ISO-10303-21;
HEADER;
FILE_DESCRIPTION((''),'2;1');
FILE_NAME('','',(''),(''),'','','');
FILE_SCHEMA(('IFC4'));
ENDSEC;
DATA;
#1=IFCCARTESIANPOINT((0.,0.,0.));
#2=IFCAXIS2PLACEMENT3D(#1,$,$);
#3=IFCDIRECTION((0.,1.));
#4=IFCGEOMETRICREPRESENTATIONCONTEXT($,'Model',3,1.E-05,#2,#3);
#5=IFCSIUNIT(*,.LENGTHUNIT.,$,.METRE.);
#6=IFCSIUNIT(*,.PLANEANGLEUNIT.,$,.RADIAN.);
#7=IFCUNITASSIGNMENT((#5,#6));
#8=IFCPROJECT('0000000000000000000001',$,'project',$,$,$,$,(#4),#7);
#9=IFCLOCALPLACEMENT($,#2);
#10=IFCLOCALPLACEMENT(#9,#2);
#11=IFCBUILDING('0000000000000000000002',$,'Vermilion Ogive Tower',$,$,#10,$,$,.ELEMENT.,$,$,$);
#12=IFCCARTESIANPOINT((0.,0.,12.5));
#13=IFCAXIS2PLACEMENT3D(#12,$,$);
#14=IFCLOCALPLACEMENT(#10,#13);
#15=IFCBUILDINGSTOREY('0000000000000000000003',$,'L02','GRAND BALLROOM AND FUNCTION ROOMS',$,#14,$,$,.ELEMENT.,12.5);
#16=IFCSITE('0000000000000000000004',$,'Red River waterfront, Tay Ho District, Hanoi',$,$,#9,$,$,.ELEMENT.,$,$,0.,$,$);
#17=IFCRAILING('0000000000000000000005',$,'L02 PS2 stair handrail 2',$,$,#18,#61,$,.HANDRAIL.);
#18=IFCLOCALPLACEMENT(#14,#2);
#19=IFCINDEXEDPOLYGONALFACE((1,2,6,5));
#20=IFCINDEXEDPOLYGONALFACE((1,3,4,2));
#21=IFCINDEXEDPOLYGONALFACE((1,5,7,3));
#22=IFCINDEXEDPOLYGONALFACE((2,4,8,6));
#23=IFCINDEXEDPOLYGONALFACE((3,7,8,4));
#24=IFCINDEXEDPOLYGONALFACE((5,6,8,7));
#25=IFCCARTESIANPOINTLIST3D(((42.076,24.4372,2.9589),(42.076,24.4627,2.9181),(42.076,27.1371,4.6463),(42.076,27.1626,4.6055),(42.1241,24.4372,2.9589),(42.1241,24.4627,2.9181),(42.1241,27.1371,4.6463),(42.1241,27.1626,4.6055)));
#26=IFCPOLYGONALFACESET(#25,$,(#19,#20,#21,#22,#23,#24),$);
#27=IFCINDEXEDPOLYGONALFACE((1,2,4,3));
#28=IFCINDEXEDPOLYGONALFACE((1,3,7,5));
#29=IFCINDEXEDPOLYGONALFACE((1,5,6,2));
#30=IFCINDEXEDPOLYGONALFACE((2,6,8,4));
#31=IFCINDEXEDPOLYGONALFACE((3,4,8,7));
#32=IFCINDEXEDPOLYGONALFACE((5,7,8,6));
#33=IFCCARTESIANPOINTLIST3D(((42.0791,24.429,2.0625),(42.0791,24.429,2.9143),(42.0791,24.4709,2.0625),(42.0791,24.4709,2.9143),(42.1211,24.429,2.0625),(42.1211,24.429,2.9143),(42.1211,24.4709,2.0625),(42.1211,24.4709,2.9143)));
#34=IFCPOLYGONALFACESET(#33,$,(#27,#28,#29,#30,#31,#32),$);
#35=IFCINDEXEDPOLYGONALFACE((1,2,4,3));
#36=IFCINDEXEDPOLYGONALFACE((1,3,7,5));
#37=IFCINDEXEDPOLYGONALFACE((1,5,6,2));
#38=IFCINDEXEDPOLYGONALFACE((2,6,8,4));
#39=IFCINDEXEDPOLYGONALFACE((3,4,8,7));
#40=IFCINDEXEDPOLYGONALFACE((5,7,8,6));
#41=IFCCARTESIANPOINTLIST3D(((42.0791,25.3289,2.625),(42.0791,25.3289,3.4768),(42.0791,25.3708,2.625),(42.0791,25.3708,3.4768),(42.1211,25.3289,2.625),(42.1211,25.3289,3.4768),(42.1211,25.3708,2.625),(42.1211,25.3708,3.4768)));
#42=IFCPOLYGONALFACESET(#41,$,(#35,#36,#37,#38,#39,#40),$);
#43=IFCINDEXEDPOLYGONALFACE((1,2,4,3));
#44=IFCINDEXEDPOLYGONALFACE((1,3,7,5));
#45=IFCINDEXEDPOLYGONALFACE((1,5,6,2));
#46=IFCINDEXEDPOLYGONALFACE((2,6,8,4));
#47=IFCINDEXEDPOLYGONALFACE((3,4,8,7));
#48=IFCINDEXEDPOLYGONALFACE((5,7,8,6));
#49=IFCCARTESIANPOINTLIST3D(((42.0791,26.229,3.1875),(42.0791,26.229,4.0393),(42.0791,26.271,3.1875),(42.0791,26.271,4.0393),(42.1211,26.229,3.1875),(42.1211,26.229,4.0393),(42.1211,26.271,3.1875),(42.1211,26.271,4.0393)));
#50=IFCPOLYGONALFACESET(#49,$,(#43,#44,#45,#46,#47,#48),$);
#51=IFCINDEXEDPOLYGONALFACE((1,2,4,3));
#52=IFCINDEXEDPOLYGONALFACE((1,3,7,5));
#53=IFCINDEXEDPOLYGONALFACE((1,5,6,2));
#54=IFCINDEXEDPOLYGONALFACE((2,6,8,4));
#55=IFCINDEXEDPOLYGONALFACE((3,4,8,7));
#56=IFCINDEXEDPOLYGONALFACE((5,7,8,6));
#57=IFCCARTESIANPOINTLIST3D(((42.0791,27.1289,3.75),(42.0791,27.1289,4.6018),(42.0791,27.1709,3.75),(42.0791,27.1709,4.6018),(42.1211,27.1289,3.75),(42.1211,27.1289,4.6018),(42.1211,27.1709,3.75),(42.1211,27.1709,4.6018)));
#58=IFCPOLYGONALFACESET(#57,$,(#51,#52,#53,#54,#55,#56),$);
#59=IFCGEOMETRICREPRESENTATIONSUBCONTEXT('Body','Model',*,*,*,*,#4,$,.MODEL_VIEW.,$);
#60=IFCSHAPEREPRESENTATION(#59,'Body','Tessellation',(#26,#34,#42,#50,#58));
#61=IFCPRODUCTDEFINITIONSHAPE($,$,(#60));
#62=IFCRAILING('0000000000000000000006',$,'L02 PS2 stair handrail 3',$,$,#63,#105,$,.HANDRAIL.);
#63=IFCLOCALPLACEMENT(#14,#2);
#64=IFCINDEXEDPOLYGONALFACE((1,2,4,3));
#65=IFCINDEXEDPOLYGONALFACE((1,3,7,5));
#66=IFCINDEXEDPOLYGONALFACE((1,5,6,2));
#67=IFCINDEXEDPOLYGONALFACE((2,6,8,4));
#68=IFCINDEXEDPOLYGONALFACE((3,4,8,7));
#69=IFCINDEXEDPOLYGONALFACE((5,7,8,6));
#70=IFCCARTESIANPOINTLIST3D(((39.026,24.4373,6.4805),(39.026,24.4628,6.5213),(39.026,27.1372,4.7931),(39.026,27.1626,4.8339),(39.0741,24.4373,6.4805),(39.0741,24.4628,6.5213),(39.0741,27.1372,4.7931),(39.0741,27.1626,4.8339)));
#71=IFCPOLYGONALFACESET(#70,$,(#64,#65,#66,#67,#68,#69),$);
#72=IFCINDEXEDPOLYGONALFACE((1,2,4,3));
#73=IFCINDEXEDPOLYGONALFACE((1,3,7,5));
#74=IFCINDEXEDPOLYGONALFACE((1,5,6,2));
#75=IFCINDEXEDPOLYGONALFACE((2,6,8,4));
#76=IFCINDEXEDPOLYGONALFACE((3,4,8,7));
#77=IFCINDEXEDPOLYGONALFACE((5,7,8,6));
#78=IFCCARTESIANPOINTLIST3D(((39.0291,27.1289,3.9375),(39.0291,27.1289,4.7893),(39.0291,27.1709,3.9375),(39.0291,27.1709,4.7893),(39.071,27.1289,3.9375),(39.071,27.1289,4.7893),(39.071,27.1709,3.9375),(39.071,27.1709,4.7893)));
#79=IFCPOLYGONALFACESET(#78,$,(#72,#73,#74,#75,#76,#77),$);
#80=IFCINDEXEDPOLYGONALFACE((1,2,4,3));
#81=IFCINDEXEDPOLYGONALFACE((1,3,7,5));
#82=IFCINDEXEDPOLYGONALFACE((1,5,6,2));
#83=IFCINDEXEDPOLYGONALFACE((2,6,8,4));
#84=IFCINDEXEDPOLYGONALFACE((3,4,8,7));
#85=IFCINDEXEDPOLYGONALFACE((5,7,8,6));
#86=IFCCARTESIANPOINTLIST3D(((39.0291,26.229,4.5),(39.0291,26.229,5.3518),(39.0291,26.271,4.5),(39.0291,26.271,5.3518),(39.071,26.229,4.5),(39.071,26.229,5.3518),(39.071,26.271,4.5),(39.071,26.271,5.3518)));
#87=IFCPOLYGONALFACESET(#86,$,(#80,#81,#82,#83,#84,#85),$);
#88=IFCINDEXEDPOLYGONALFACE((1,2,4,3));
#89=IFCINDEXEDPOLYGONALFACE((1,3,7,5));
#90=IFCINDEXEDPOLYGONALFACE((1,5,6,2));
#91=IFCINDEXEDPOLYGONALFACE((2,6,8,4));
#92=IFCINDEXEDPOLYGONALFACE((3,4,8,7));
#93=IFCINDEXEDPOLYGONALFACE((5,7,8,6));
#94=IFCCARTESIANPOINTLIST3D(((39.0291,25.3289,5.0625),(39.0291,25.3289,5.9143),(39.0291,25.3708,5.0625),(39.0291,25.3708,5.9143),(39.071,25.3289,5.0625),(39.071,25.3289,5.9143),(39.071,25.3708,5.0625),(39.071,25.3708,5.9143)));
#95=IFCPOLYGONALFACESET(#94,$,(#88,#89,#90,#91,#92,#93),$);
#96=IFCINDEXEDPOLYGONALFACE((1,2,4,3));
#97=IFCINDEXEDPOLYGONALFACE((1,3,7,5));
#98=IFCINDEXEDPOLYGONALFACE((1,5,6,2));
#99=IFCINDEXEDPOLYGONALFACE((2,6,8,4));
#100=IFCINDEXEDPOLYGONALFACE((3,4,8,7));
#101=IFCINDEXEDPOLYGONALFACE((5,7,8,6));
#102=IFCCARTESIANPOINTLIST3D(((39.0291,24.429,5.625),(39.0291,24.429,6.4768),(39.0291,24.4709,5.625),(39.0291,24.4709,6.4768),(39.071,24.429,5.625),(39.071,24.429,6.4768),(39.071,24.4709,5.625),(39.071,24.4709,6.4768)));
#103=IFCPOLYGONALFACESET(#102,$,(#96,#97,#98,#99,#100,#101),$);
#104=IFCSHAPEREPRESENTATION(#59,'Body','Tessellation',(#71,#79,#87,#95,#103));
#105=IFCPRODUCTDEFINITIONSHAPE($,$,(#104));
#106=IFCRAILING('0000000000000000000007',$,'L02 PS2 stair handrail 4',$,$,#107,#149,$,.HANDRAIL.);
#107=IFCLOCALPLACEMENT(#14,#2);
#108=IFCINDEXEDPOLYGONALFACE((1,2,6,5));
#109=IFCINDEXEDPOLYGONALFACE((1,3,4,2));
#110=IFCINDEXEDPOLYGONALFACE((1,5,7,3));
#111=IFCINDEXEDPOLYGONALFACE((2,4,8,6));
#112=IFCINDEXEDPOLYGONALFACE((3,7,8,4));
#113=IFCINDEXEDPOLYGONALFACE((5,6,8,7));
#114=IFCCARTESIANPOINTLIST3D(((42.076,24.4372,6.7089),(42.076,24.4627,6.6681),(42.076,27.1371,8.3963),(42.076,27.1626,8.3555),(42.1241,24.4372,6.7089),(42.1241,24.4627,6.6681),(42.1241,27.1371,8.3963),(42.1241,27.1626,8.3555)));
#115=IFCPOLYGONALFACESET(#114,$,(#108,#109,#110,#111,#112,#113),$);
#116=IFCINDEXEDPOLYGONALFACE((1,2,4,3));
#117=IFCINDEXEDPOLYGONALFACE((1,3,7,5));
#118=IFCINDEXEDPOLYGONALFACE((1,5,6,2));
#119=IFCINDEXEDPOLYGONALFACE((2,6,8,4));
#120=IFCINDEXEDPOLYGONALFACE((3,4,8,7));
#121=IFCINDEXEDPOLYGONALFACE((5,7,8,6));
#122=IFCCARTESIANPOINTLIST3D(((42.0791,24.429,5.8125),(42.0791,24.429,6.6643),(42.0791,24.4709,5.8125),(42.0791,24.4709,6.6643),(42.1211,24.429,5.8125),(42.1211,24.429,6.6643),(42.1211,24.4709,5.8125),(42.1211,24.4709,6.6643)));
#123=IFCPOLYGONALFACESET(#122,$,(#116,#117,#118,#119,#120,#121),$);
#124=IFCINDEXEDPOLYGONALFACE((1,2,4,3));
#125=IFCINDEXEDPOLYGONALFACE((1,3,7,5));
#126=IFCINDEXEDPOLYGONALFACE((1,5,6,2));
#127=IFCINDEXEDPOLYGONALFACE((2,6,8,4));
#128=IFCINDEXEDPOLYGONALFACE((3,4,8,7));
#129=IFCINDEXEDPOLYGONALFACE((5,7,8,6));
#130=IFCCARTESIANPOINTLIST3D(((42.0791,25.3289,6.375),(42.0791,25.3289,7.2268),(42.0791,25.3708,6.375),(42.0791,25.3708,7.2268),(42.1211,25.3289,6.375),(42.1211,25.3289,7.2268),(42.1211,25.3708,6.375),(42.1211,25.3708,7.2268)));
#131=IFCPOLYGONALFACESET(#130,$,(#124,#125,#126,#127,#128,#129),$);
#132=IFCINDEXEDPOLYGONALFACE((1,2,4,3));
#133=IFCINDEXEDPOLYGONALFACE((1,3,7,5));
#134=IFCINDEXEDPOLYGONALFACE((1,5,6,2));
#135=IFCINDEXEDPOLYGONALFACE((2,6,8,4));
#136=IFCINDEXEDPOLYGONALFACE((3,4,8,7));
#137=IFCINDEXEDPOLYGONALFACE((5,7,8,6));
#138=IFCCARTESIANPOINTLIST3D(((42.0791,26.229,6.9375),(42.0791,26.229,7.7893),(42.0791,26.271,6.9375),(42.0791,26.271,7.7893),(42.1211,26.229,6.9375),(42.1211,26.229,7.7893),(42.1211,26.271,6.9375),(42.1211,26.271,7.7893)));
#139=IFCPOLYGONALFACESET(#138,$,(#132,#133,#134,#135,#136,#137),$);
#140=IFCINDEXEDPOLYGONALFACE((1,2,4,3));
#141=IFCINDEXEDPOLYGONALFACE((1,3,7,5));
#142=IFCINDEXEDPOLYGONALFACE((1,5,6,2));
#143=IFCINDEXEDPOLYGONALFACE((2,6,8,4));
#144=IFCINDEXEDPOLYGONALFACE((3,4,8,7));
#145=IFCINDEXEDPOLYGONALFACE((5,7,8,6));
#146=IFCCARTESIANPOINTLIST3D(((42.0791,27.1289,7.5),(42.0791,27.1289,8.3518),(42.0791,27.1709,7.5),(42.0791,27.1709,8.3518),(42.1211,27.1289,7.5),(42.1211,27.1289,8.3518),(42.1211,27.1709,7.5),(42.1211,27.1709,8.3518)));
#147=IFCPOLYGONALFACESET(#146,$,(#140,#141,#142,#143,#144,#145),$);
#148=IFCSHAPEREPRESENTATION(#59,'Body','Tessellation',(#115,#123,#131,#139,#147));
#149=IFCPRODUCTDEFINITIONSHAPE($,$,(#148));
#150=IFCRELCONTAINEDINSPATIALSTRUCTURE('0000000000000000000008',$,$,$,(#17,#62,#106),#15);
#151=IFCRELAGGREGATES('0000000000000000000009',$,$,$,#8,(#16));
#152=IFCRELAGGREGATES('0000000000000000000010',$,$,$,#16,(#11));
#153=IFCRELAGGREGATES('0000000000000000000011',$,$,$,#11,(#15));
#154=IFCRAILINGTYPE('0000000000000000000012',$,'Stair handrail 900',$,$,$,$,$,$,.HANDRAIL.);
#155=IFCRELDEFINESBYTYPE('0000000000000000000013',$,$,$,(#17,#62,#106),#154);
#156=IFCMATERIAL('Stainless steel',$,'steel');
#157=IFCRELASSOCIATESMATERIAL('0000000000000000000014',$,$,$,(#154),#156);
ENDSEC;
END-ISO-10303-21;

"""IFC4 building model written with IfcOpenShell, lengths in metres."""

from ifc_helpers import new_model, si_unit, direction, frame, origin, origin_2d, place, context, subcontext, project, spatial, rectangle, extrude, material, type_object, element, save


model = new_model("IFC4")

# Units and contexts
model_context = context("Model", 3, precision=1e-05, world=origin(), true_north=direction((0.0, 1.0)))
body_context = subcontext(model_context, "Body", "Model", "MODEL_VIEW")
ifc_project = project(units=[si_unit("LENGTHUNIT", "METRE"), si_unit("PLANEANGLEUNIT", "RADIAN")], contexts=[model_context])

# Site, building, storey
site_placement = place(None, origin())
site = spatial("IfcSite", under=ifc_project, at=site_placement, Name="Red River waterfront, Tay Ho District, Hanoi", CompositionType="ELEMENT", RefElevation=0.0)
building_placement = place(site_placement, origin())
building = spatial("IfcBuilding", under=site, at=building_placement, Name="Vermilion Ogive Tower", CompositionType="ELEMENT")
storey_placement = place(building_placement, frame((0.0, 0.0, 12.5)))
storey = spatial("IfcBuildingStorey", under=building, at=storey_placement, Name="L02", Description="GRAND BALLROOM AND FUNCTION ROOMS", CompositionType="ELEMENT", Elevation=12.5)

# Railings
ifc_material_1 = material(Name="Stainless steel", Category="steel")
railing_type_1 = type_object("IfcRailingType", Name="Stair handrail 900", PredefinedType="HANDRAIL", material=ifc_material_1)
railing_1_placement = place(storey_placement, frame((42.1001, 24.45, 2.0625)))
element("IfcRailing", 1, at=railing_1_placement, inside=storey, type_object=railing_type_1, Name="L02 PS2 stair handrail 2", PredefinedType="HANDRAIL", context=body_context, shape_type="SweptSolid", body=[
    extrude(rectangle(XDim=0.0481, YDim=0.0481, at=origin_2d()), frame((0.0, 0.0, 0.876), z_axis=(0.0, 0.847994, 0.530006), x_axis=(-1.0, 0.0, 0.0)), (0.0, 0.0, 1.0), 3.1838),
    extrude(rectangle(XDim=0.042, YDim=0.042, at=origin_2d()), origin(), (0.0, 0.0, 1.0), 0.8518),
    extrude(rectangle(XDim=0.042, YDim=0.042, at=origin_2d()), frame((0.0, 0.8999, 0.5625)), (0.0, 0.0, 1.0), 0.8518),
    extrude(rectangle(XDim=0.042, YDim=0.042, at=origin_2d()), frame((0.0, 1.8, 1.125)), (0.0, 0.0, 1.0), 0.8518),
    extrude(rectangle(XDim=0.042, YDim=0.042, at=origin_2d()), frame((0.0, 2.7, 1.6875)), (0.0, 0.0, 1.0), 0.8518),
])
railing_2_placement = place(storey_placement, frame((39.05, 27.1499, 3.9375)))
element("IfcRailing", 2, at=railing_2_placement, inside=storey, type_object=railing_type_1, Name="L02 PS2 stair handrail 3", PredefinedType="HANDRAIL", context=body_context, shape_type="SweptSolid", body=[
    extrude(rectangle(XDim=0.0481, YDim=0.0481, at=origin_2d()), frame((0.0, 0.0, 0.876), z_axis=(0.0, -0.847994, 0.530006), x_axis=(1.0, 0.0, 0.0)), (0.0, 0.0, 1.0), 3.1838),
    extrude(rectangle(XDim=0.042, YDim=0.042, at=origin_2d()), origin(), (0.0, 0.0, 1.0), 0.8518),
    extrude(rectangle(XDim=0.042, YDim=0.042, at=origin_2d()), frame((0.0, -0.8999, 0.5625)), (0.0, 0.0, 1.0), 0.8518),
    extrude(rectangle(XDim=0.042, YDim=0.042, at=origin_2d()), frame((0.0, -1.8, 1.125)), (0.0, 0.0, 1.0), 0.8518),
    extrude(rectangle(XDim=0.042, YDim=0.042, at=origin_2d()), frame((0.0, -2.7, 1.6875)), (0.0, 0.0, 1.0), 0.8518),
])
railing_3_placement = place(storey_placement, frame((42.1001, 24.45, 5.8125)))
element("IfcRailing", 3, at=railing_3_placement, inside=storey, type_object=railing_type_1, Name="L02 PS2 stair handrail 4", PredefinedType="HANDRAIL", context=body_context, shape_type="SweptSolid", body=[
    extrude(rectangle(XDim=0.0481, YDim=0.0481, at=origin_2d()), frame((0.0, 0.0, 0.876), z_axis=(0.0, 0.847994, 0.530006), x_axis=(-1.0, 0.0, 0.0)), (0.0, 0.0, 1.0), 3.1838),
    extrude(rectangle(XDim=0.042, YDim=0.042, at=origin_2d()), origin(), (0.0, 0.0, 1.0), 0.8518),
    extrude(rectangle(XDim=0.042, YDim=0.042, at=origin_2d()), frame((0.0, 0.8999, 0.5625)), (0.0, 0.0, 1.0), 0.8518),
    extrude(rectangle(XDim=0.042, YDim=0.042, at=origin_2d()), frame((0.0, 1.8, 1.125)), (0.0, 0.0, 1.0), 0.8518),
    extrude(rectangle(XDim=0.042, YDim=0.042, at=origin_2d()), frame((0.0, 2.7, 1.6875)), (0.0, 0.0, 1.0), 0.8518),
])

save(model, "model.ifc")
